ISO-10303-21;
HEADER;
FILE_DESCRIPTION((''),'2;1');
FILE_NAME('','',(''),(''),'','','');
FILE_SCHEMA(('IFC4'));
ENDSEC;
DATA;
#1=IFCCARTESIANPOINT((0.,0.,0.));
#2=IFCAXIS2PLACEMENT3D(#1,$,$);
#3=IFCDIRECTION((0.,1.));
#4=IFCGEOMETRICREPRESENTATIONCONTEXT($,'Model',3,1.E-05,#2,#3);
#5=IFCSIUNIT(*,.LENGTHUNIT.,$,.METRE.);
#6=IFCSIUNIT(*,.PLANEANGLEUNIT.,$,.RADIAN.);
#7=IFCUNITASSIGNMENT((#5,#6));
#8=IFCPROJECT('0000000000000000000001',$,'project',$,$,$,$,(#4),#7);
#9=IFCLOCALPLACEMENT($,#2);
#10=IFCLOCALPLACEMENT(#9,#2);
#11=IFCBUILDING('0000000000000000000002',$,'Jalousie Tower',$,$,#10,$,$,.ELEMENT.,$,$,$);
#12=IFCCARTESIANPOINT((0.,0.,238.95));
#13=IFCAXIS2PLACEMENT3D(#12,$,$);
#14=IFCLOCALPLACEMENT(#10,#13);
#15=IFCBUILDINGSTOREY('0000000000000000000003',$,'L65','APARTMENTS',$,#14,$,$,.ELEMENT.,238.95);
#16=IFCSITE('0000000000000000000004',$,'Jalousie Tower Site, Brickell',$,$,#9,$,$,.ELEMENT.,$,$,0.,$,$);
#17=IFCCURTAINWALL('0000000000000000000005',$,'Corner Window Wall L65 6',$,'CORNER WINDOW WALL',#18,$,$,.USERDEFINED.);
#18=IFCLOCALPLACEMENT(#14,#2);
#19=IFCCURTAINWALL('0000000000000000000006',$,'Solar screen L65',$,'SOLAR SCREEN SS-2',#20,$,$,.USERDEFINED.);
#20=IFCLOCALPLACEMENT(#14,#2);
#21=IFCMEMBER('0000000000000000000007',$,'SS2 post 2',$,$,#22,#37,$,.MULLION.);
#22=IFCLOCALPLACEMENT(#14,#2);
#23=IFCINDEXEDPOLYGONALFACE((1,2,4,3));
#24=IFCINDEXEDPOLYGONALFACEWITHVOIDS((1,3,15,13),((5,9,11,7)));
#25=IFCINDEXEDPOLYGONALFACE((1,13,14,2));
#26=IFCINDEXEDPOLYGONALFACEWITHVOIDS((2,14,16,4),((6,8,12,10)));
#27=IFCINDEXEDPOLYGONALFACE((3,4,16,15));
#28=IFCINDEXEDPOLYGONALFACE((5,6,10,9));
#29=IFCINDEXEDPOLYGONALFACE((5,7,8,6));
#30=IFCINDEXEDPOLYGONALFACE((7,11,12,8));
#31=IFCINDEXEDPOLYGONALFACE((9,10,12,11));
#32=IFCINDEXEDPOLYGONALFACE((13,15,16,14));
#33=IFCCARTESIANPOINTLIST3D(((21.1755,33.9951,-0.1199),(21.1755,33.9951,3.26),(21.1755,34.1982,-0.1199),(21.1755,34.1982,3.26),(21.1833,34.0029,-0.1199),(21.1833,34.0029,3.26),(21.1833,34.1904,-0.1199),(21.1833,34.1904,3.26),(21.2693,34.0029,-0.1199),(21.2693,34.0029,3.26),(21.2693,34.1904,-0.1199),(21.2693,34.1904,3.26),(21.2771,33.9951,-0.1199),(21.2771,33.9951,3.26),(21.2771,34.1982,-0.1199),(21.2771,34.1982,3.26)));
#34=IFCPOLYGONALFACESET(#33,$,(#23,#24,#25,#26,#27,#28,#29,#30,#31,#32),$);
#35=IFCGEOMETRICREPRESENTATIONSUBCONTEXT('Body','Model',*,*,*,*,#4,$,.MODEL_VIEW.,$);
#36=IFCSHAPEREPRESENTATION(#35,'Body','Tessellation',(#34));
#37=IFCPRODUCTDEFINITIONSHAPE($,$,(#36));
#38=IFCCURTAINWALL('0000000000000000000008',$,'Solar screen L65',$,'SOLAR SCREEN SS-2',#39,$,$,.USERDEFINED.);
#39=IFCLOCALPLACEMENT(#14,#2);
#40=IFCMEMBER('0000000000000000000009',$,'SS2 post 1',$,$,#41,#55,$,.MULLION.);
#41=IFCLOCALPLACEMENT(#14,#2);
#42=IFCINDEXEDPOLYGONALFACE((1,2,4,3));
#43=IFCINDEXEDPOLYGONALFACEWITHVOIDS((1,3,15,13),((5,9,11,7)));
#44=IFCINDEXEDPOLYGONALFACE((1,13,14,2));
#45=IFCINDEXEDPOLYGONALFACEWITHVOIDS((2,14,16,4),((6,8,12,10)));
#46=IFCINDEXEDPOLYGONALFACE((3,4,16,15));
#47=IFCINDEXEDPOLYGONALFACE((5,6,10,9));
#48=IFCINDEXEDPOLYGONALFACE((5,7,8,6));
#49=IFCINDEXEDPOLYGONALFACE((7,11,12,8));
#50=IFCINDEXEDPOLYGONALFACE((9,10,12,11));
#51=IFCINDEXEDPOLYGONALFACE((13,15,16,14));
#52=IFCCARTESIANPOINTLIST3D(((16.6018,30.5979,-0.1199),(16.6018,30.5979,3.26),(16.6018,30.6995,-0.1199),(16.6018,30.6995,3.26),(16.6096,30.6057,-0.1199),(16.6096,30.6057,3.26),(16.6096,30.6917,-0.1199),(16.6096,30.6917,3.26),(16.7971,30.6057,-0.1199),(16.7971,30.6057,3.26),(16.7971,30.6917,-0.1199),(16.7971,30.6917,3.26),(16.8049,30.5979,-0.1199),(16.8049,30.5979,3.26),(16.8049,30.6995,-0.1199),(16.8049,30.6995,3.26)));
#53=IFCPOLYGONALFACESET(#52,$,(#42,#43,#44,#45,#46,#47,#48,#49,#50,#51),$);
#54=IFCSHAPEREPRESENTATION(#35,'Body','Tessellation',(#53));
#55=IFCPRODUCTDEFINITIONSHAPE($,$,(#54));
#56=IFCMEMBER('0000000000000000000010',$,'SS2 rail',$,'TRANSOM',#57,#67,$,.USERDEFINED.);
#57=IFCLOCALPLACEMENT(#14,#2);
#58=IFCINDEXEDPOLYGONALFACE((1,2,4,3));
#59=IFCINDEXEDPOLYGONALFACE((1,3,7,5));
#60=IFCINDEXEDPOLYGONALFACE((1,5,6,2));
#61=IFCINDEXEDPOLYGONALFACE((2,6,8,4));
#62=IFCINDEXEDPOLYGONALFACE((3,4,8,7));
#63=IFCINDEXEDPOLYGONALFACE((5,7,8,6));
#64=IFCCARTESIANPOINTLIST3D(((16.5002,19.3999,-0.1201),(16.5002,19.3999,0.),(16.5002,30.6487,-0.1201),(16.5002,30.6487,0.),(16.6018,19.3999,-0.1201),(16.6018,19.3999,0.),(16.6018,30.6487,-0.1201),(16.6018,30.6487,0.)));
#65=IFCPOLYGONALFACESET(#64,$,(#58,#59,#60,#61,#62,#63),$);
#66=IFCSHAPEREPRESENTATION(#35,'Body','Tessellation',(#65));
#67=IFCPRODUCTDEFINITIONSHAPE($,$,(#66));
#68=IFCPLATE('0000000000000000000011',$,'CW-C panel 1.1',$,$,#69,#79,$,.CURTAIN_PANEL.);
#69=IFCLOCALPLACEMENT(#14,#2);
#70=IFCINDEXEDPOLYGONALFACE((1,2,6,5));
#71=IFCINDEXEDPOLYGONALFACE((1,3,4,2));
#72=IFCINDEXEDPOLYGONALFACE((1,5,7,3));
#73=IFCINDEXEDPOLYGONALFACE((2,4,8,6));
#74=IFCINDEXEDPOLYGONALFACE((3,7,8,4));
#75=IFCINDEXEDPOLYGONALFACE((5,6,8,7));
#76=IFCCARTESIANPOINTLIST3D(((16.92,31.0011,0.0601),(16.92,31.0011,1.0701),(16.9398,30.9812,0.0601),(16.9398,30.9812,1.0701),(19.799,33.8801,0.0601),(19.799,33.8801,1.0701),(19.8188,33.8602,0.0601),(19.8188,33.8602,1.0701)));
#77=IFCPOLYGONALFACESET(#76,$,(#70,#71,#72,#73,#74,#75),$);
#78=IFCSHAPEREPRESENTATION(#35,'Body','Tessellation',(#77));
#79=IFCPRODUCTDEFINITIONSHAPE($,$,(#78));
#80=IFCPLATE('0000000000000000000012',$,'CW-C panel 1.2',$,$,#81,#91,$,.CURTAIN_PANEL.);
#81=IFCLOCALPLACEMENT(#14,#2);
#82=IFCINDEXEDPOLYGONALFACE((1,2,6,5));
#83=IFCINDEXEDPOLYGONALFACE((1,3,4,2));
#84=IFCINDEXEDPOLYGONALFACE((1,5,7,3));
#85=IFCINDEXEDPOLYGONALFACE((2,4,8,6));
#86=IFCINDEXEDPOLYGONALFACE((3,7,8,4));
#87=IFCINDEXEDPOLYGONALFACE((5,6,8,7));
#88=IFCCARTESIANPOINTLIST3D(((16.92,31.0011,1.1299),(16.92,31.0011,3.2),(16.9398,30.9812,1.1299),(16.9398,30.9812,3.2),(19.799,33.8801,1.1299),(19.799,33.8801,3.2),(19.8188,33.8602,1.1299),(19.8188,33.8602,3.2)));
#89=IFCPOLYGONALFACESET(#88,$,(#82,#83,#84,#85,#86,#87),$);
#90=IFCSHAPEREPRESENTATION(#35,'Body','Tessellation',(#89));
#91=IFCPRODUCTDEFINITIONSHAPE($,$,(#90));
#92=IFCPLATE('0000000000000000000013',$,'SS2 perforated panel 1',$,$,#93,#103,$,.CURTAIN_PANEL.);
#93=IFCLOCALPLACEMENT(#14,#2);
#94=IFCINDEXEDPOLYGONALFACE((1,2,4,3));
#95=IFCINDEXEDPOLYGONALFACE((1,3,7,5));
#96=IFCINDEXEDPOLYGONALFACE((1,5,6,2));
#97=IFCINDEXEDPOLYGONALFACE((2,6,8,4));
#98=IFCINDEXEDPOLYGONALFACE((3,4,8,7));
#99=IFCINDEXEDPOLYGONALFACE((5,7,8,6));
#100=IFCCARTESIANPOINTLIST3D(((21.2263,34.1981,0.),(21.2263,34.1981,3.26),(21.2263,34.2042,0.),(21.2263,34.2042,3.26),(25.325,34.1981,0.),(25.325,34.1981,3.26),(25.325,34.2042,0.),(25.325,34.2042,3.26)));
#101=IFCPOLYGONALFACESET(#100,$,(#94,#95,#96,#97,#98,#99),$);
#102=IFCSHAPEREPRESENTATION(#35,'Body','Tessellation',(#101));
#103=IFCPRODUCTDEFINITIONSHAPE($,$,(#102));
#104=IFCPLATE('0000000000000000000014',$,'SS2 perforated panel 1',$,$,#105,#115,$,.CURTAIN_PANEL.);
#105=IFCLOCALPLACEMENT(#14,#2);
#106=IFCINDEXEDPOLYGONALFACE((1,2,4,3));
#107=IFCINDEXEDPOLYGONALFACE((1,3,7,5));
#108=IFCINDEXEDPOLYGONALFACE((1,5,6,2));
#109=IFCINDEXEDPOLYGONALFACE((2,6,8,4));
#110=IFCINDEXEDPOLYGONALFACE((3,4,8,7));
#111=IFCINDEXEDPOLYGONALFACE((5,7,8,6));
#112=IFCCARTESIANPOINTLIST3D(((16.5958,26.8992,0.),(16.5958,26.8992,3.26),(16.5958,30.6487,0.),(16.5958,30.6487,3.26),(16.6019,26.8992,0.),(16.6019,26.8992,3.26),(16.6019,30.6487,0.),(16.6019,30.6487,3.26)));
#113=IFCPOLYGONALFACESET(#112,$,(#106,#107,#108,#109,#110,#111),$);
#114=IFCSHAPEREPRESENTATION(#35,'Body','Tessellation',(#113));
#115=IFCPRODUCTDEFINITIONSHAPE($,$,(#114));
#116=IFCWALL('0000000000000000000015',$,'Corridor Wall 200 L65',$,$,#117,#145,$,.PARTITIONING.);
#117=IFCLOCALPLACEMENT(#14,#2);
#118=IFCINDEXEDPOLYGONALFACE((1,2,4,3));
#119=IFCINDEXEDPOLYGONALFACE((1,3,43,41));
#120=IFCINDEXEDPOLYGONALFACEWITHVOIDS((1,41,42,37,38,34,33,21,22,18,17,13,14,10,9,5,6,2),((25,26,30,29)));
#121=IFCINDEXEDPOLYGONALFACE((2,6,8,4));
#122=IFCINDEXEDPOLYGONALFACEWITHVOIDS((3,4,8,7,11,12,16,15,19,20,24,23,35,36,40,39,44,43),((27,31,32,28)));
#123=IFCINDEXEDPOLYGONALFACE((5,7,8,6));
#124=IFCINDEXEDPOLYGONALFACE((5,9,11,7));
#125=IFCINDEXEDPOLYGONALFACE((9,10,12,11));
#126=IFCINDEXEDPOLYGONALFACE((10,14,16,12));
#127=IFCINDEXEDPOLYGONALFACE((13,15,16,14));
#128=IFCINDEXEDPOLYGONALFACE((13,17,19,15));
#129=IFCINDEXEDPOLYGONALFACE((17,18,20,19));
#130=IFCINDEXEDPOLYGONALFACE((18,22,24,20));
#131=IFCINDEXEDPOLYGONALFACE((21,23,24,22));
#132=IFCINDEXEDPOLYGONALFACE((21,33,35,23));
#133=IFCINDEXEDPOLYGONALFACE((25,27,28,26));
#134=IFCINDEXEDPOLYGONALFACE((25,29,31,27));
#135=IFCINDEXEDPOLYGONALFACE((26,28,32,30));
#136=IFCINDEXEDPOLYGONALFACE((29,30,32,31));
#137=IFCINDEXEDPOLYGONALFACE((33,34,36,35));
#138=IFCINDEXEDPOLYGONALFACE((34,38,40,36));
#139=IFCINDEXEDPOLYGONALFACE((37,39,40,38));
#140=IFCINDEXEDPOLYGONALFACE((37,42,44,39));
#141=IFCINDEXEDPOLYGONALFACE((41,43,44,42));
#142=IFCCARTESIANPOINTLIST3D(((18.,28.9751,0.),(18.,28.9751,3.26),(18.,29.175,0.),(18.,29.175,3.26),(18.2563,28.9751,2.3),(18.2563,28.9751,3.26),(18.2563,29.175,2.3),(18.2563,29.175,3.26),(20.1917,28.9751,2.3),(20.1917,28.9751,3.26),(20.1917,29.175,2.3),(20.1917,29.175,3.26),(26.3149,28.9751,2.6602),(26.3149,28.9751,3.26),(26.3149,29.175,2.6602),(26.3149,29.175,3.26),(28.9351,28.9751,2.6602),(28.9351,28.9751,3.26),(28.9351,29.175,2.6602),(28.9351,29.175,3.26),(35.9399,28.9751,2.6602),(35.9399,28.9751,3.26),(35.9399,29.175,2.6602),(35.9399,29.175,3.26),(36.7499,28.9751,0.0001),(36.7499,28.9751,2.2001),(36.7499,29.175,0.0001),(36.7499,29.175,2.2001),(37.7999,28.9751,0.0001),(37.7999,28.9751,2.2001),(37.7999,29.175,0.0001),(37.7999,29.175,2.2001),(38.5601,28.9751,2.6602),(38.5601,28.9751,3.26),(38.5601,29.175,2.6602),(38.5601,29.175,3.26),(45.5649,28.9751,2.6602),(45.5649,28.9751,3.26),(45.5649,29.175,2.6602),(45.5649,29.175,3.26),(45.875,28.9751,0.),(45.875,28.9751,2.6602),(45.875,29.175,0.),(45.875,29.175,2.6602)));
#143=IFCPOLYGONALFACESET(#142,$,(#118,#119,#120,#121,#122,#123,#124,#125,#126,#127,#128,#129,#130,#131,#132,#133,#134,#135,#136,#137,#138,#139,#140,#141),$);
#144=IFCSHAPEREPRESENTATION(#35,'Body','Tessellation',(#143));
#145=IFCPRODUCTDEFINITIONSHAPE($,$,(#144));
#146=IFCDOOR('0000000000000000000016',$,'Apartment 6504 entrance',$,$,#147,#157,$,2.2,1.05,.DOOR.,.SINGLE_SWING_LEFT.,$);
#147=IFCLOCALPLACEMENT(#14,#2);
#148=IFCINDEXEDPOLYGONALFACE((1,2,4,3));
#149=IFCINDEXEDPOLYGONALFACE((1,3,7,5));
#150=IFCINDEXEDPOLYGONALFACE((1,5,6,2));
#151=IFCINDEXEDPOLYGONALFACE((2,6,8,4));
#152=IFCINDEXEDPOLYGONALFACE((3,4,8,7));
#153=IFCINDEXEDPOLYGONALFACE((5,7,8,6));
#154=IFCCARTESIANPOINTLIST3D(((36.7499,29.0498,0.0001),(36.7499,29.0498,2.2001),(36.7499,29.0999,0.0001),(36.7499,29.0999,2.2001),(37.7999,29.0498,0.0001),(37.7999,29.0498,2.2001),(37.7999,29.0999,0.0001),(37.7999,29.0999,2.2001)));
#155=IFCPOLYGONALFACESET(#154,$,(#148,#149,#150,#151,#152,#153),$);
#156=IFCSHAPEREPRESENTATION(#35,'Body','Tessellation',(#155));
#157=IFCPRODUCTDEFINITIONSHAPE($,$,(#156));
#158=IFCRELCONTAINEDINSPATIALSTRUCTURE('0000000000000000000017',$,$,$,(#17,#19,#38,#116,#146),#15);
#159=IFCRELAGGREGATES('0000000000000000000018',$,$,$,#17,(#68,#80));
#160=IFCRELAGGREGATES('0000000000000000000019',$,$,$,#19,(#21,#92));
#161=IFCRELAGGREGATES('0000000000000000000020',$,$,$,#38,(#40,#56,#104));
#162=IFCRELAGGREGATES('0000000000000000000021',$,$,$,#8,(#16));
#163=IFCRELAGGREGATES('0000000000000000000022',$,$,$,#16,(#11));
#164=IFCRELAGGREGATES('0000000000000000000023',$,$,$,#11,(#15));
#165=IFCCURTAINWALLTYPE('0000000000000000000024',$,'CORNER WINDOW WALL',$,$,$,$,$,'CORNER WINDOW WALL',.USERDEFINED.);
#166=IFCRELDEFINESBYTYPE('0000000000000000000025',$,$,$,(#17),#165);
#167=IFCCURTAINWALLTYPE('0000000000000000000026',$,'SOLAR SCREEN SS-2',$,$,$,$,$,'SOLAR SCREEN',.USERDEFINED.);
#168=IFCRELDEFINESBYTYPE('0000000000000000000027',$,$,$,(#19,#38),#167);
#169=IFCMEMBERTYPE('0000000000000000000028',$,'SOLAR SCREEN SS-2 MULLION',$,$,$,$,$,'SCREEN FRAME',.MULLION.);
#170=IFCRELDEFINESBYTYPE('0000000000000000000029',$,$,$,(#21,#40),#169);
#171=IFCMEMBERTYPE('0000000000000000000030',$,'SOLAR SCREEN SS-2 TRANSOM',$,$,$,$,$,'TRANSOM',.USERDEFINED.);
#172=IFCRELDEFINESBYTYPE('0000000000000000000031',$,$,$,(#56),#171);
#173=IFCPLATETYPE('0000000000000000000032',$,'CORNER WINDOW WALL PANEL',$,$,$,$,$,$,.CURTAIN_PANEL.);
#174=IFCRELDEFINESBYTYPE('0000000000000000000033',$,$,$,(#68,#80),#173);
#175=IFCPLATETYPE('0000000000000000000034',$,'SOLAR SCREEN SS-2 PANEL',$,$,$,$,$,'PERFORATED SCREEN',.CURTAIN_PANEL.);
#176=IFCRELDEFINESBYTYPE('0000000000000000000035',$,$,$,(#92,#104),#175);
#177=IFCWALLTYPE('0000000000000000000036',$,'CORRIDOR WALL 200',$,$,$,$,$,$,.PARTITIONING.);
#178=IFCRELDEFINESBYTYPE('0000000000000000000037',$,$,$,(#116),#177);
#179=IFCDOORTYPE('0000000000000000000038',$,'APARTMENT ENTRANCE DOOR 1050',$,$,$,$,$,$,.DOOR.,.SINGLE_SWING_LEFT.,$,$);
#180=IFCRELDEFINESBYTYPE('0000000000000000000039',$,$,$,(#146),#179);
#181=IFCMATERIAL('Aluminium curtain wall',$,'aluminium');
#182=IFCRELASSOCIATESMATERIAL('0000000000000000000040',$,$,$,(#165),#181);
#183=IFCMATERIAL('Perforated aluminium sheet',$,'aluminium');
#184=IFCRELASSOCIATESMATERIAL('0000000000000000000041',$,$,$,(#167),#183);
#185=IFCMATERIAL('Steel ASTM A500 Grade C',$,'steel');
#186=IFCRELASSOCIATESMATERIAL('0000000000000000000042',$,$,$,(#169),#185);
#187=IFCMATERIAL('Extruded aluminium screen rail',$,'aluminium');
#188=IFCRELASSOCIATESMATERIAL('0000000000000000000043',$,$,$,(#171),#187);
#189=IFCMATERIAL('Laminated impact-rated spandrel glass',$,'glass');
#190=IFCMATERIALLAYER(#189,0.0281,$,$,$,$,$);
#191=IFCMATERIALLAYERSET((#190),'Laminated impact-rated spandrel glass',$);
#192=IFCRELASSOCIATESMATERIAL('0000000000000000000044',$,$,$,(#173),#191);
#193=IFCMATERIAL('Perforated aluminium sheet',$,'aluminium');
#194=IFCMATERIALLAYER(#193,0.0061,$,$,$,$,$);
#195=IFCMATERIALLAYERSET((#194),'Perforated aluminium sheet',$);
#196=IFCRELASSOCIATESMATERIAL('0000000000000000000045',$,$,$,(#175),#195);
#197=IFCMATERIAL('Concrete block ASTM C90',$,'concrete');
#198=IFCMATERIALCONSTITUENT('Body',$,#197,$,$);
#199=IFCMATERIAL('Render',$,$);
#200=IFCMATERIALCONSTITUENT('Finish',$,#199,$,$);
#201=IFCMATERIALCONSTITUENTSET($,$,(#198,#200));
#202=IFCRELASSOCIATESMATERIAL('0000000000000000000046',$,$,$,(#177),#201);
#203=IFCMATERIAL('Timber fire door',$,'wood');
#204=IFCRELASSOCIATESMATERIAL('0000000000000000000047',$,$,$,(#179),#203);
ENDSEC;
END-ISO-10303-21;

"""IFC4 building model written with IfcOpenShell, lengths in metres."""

from ifc_helpers import new_model, si_unit, direction, frame, frame_2d, origin, origin_2d, place, context, subcontext, project, spatial, polyline, rectangle, hollow_rectangle, outline, extrude, material, layer, layer_set, constituent, constituent_set, material_profile, profile_set, type_object, element, fill, aggregate, save


model = new_model("IFC4")

# Units and contexts
model_context = context("Model", 3, precision=1e-05, world=origin(), true_north=direction((0.0, 1.0)))
body_context = subcontext(model_context, "Body", "Model", "MODEL_VIEW")
ifc_project = project(units=[si_unit("LENGTHUNIT", "METRE"), si_unit("PLANEANGLEUNIT", "RADIAN")], contexts=[model_context])

# Site, building, storey
site_placement = place(None, origin())
site = spatial("IfcSite", under=ifc_project, at=site_placement, Name="Jalousie Tower Site, Brickell", CompositionType="ELEMENT", RefElevation=0.0)
building_placement = place(site_placement, origin())
building = spatial("IfcBuilding", under=site, at=building_placement, Name="Jalousie Tower", CompositionType="ELEMENT")
storey_placement = place(building_placement, frame((0.0, 0.0, 238.95)))
storey = spatial("IfcBuildingStorey", under=building, at=storey_placement, Name="L65", Description="APARTMENTS", CompositionType="ELEMENT", Elevation=238.95)

# Curtain wall
ifc_material_1 = material(Name="Aluminium curtain wall", Category="aluminium")
curtain_wall_type_1 = type_object("IfcCurtainWallType", Name="CORNER WINDOW WALL", ElementType="CORNER WINDOW WALL", PredefinedType="USERDEFINED", material=ifc_material_1)
curtain_wall_1_placement = place(storey_placement, origin())
curtain_wall_1 = element("IfcCurtainWall", 1, at=curtain_wall_1_placement, inside=storey, type_object=curtain_wall_type_1, Name="Corner Window Wall L65 6", ObjectType="CORNER WINDOW WALL", PredefinedType="USERDEFINED")

# Curtain wall, member
ifc_material_2 = material(Name="Perforated aluminium sheet", Category="aluminium")
curtain_wall_type_2 = type_object("IfcCurtainWallType", Name="SOLAR SCREEN SS-2", ElementType="SOLAR SCREEN", PredefinedType="USERDEFINED", material=ifc_material_2)
curtain_wall_2_placement = place(storey_placement, origin())
curtain_wall_2 = element("IfcCurtainWall", 2, at=curtain_wall_2_placement, inside=storey, type_object=curtain_wall_type_2, Name="Solar screen L65", ObjectType="SOLAR SCREEN SS-2", PredefinedType="USERDEFINED")
ifc_material_3 = material(Name="Steel ASTM A500 Grade C", Category="steel")
ifc_material_profile_1 = material_profile(ifc_material_3, hollow_rectangle(XDim=0.1016, YDim=0.2031, WallThickness=0.0078, at=origin_2d()), Name="HSS8X4X5/16")
ifc_profile_set_1 = profile_set([ifc_material_profile_1], Name="Steel ASTM A500 Grade C")
member_type_1 = type_object("IfcMemberType", Name="SOLAR SCREEN SS-2 MULLION", ElementType="SCREEN FRAME", PredefinedType="MULLION", material=ifc_profile_set_1)
member_1_placement = place(storey_placement, frame((21.2263, 34.0967, -0.1199), z_axis=(0.0, 0.0, 1.0), x_axis=(-1.0, 0.0, 0.0)))
member_1 = element("IfcMember", 3, at=member_1_placement, type_object=member_type_1, Name="SS2 post 2", PredefinedType="MULLION", context=body_context, shape_type="SweptSolid", body=[
    extrude(hollow_rectangle(XDim=0.1016, YDim=0.2031, WallThickness=0.0078, at=origin_2d()), origin(), (0.0, 0.0, 1.0), 3.3799),
])

# Curtain wall, members
curtain_wall_3_placement = place(storey_placement, origin())
curtain_wall_3 = element("IfcCurtainWall", 4, at=curtain_wall_3_placement, inside=storey, type_object=curtain_wall_type_2, Name="Solar screen L65", ObjectType="SOLAR SCREEN SS-2", PredefinedType="USERDEFINED")
member_2_placement = place(storey_placement, frame((16.7034, 30.6487, -0.1199), z_axis=(0.0, 0.0, 1.0), x_axis=(0.0, -1.0, 0.0)))
member_2 = element("IfcMember", 5, at=member_2_placement, type_object=member_type_1, Name="SS2 post 1", PredefinedType="MULLION", context=body_context, shape_type="SweptSolid", body=[
    extrude(hollow_rectangle(XDim=0.1016, YDim=0.2031, WallThickness=0.0078, at=origin_2d()), origin(), (0.0, 0.0, 1.0), 3.3799),
])
ifc_material_4 = material(Name="Extruded aluminium screen rail", Category="aluminium")
ifc_material_profile_2 = material_profile(ifc_material_4, rectangle(XDim=0.1016, YDim=0.1201, at=origin_2d()), Name="RAIL 102x120")
ifc_profile_set_2 = profile_set([ifc_material_profile_2], Name="Extruded aluminium screen rail")
member_type_2 = type_object("IfcMemberType", Name="SOLAR SCREEN SS-2 TRANSOM", ElementType="TRANSOM", PredefinedType="USERDEFINED", material=ifc_profile_set_2)
member_3_placement = place(storey_placement, frame((16.551, 30.6487, -0.0601), z_axis=(0.0, -1.0, 0.0), x_axis=(1.0, 0.0, 0.0)))
member_3 = element("IfcMember", 6, at=member_3_placement, type_object=member_type_2, Name="SS2 rail", ObjectType="TRANSOM", PredefinedType="USERDEFINED", context=body_context, shape_type="SweptSolid", body=[
    extrude(rectangle(XDim=0.1016, YDim=0.1201, at=origin_2d()), origin(), (0.0, 0.0, 1.0), 11.2488),
])

# Plates
ifc_material_5 = material(Name="Laminated impact-rated spandrel glass", Category="glass")
ifc_layer_1 = layer(ifc_material_5, 0.0281)
ifc_layer_set_1 = layer_set([ifc_layer_1], Name="Laminated impact-rated spandrel glass")
plate_type_1 = type_object("IfcPlateType", Name="CORNER WINDOW WALL PANEL", PredefinedType="CURTAIN_PANEL", material=ifc_layer_set_1)
plate_1_placement = place(storey_placement, frame((18.3694, 32.4307, 0.0601), z_axis=(0.0, 0.0, 1.0), x_axis=(-0.707107, -0.707107, 0.0)))
plate_1 = element("IfcPlate", 7, at=plate_1_placement, type_object=plate_type_1, Name="CW-C panel 1.1", PredefinedType="CURTAIN_PANEL", context=body_context, shape_type="SweptSolid", body=[
    extrude(rectangle(XDim=4.0715, YDim=0.0281, at=origin_2d()), origin(), (0.0, 0.0, 1.0), 1.01),
])
plate_2_placement = place(storey_placement, frame((18.3694, 32.4307, 1.1299), z_axis=(0.0, 0.0, 1.0), x_axis=(-0.707107, -0.707107, 0.0)))
plate_2 = element("IfcPlate", 8, at=plate_2_placement, type_object=plate_type_1, Name="CW-C panel 1.2", PredefinedType="CURTAIN_PANEL", context=body_context, shape_type="SweptSolid", body=[
    extrude(rectangle(XDim=4.0715, YDim=0.0281, at=origin_2d()), origin(), (0.0, 0.0, 1.0), 2.0701),
])
aggregate(curtain_wall_1, [plate_1, plate_2])
ifc_material_6 = material(Name="Perforated aluminium sheet", Category="aluminium")
ifc_layer_2 = layer(ifc_material_6, 0.0061)
ifc_layer_set_2 = layer_set([ifc_layer_2], Name="Perforated aluminium sheet")
plate_type_2 = type_object("IfcPlateType", Name="SOLAR SCREEN SS-2 PANEL", ElementType="PERFORATED SCREEN", PredefinedType="CURTAIN_PANEL", material=ifc_layer_set_2)
plate_3_placement = place(storey_placement, frame((23.2756, 34.2012, 0.0), z_axis=(0.0, 0.0, 1.0), x_axis=(-1.0, 0.0, 0.0)))
plate_3 = element("IfcPlate", 9, at=plate_3_placement, type_object=plate_type_2, Name="SS2 perforated panel 1", PredefinedType="CURTAIN_PANEL", context=body_context, shape_type="SweptSolid", body=[
    extrude(rectangle(XDim=4.0986, YDim=0.0061, at=origin_2d()), origin(), (0.0, 0.0, 1.0), 3.26),
])
aggregate(curtain_wall_2, [member_1, plate_3])
plate_4_placement = place(storey_placement, frame((16.5989, 28.7739, 0.0), z_axis=(0.0, 0.0, 1.0), x_axis=(0.0, -1.0, 0.0)))
plate_4 = element("IfcPlate", 10, at=plate_4_placement, type_object=plate_type_2, Name="SS2 perforated panel 1", PredefinedType="CURTAIN_PANEL", context=body_context, shape_type="SweptSolid", body=[
    extrude(rectangle(XDim=3.7495, YDim=0.0061, at=origin_2d()), origin(), (0.0, 0.0, 1.0), 3.26),
])
aggregate(curtain_wall_3, [member_2, member_3, plate_4])

# Wall, opening, door
ifc_material_7 = material(Name="Concrete block ASTM C90", Category="concrete")
ifc_constituent_1 = constituent(ifc_material_7, Name="Body")
ifc_material_8 = material(Name="Render")
ifc_constituent_2 = constituent(ifc_material_8, Name="Finish")
ifc_constituent_set_1 = constituent_set(constituents=[ifc_constituent_1, ifc_constituent_2])
wall_type_1 = type_object("IfcWallType", Name="CORRIDOR WALL 200", PredefinedType="PARTITIONING", material=ifc_constituent_set_1)
wall_1_placement = place(storey_placement, frame((18.0, 29.075, 0.0), z_axis=(0.0, 0.0, 1.0), x_axis=(1.0, 0.0, 0.0)))
wall_1 = element("IfcWall", 11, at=wall_1_placement, inside=storey, type_object=wall_type_1, Name="Corridor Wall 200 L65", PredefinedType="PARTITIONING", context=body_context, shape_type="SweptSolid", body=[
    extrude(outline(polyline([(0.0, 0.0), (27.875, 0.0), (27.875, 3.26), (27.875, 2.6602), (27.5649, 2.6602), (27.5649, 3.26), (20.5601, 3.26), (20.5601, 2.6602), (17.9399, 2.6602), (17.9399, 3.26), (10.9351, 3.26), (10.9351, 2.6602), (8.3149, 2.6602), (8.3149, 3.26), (2.1917, 3.26), (2.1917, 2.3), (0.2563, 2.3), (0.2563, 3.26), (0.0, 3.26), (0.0, 0.0)])), frame((0.0, 0.1001, 0.0), z_axis=(0.0, -1.0, 0.0), x_axis=(1.0, 0.0, 0.0)), (0.0, 0.0, 1.0), 0.2),
])
opening_1_placement = place(wall_1_placement, frame((18.75, 0.0, 0.0)))
opening_1 = element("IfcOpeningElement", 12, at=opening_1_placement, cuts=wall_1, PredefinedType="OPENING", context=body_context, shape_type="SweptSolid", body=[
    extrude(rectangle(XDim=1.05, YDim=2.2, at=frame_2d((0.5249, 1.1001))), frame((0.0, 0.1099, 0.0), z_axis=(0.0, -1.0, 0.0), x_axis=(1.0, 0.0, 0.0)), (0.0, 0.0, 1.0), 0.22),
])
ifc_material_9 = material(Name="Timber fire door", Category="wood")
door_type_1 = type_object("IfcDoorType", Name="APARTMENT ENTRANCE DOOR 1050", OperationType="SINGLE_SWING_LEFT", PredefinedType="DOOR", material=ifc_material_9)
door_1_placement = place(opening_1_placement, origin())
door_1 = element("IfcDoor", 13, at=door_1_placement, inside=storey, type_object=door_type_1, Name="Apartment 6504 entrance", OperationType="SINGLE_SWING_LEFT", OverallHeight=2.2, OverallWidth=1.05, PredefinedType="DOOR", context=body_context, shape_type="SweptSolid", body=[
    extrude(rectangle(XDim=1.05, YDim=2.2, at=frame_2d((0.5249, 1.1001))), frame((0.0, 0.0249, 0.0), z_axis=(0.0, -1.0, 0.0), x_axis=(1.0, 0.0, 0.0)), (0.0, 0.0, 1.0), 0.05),
])
fill(opening_1, door_1)

save(model, "model.ifc")
